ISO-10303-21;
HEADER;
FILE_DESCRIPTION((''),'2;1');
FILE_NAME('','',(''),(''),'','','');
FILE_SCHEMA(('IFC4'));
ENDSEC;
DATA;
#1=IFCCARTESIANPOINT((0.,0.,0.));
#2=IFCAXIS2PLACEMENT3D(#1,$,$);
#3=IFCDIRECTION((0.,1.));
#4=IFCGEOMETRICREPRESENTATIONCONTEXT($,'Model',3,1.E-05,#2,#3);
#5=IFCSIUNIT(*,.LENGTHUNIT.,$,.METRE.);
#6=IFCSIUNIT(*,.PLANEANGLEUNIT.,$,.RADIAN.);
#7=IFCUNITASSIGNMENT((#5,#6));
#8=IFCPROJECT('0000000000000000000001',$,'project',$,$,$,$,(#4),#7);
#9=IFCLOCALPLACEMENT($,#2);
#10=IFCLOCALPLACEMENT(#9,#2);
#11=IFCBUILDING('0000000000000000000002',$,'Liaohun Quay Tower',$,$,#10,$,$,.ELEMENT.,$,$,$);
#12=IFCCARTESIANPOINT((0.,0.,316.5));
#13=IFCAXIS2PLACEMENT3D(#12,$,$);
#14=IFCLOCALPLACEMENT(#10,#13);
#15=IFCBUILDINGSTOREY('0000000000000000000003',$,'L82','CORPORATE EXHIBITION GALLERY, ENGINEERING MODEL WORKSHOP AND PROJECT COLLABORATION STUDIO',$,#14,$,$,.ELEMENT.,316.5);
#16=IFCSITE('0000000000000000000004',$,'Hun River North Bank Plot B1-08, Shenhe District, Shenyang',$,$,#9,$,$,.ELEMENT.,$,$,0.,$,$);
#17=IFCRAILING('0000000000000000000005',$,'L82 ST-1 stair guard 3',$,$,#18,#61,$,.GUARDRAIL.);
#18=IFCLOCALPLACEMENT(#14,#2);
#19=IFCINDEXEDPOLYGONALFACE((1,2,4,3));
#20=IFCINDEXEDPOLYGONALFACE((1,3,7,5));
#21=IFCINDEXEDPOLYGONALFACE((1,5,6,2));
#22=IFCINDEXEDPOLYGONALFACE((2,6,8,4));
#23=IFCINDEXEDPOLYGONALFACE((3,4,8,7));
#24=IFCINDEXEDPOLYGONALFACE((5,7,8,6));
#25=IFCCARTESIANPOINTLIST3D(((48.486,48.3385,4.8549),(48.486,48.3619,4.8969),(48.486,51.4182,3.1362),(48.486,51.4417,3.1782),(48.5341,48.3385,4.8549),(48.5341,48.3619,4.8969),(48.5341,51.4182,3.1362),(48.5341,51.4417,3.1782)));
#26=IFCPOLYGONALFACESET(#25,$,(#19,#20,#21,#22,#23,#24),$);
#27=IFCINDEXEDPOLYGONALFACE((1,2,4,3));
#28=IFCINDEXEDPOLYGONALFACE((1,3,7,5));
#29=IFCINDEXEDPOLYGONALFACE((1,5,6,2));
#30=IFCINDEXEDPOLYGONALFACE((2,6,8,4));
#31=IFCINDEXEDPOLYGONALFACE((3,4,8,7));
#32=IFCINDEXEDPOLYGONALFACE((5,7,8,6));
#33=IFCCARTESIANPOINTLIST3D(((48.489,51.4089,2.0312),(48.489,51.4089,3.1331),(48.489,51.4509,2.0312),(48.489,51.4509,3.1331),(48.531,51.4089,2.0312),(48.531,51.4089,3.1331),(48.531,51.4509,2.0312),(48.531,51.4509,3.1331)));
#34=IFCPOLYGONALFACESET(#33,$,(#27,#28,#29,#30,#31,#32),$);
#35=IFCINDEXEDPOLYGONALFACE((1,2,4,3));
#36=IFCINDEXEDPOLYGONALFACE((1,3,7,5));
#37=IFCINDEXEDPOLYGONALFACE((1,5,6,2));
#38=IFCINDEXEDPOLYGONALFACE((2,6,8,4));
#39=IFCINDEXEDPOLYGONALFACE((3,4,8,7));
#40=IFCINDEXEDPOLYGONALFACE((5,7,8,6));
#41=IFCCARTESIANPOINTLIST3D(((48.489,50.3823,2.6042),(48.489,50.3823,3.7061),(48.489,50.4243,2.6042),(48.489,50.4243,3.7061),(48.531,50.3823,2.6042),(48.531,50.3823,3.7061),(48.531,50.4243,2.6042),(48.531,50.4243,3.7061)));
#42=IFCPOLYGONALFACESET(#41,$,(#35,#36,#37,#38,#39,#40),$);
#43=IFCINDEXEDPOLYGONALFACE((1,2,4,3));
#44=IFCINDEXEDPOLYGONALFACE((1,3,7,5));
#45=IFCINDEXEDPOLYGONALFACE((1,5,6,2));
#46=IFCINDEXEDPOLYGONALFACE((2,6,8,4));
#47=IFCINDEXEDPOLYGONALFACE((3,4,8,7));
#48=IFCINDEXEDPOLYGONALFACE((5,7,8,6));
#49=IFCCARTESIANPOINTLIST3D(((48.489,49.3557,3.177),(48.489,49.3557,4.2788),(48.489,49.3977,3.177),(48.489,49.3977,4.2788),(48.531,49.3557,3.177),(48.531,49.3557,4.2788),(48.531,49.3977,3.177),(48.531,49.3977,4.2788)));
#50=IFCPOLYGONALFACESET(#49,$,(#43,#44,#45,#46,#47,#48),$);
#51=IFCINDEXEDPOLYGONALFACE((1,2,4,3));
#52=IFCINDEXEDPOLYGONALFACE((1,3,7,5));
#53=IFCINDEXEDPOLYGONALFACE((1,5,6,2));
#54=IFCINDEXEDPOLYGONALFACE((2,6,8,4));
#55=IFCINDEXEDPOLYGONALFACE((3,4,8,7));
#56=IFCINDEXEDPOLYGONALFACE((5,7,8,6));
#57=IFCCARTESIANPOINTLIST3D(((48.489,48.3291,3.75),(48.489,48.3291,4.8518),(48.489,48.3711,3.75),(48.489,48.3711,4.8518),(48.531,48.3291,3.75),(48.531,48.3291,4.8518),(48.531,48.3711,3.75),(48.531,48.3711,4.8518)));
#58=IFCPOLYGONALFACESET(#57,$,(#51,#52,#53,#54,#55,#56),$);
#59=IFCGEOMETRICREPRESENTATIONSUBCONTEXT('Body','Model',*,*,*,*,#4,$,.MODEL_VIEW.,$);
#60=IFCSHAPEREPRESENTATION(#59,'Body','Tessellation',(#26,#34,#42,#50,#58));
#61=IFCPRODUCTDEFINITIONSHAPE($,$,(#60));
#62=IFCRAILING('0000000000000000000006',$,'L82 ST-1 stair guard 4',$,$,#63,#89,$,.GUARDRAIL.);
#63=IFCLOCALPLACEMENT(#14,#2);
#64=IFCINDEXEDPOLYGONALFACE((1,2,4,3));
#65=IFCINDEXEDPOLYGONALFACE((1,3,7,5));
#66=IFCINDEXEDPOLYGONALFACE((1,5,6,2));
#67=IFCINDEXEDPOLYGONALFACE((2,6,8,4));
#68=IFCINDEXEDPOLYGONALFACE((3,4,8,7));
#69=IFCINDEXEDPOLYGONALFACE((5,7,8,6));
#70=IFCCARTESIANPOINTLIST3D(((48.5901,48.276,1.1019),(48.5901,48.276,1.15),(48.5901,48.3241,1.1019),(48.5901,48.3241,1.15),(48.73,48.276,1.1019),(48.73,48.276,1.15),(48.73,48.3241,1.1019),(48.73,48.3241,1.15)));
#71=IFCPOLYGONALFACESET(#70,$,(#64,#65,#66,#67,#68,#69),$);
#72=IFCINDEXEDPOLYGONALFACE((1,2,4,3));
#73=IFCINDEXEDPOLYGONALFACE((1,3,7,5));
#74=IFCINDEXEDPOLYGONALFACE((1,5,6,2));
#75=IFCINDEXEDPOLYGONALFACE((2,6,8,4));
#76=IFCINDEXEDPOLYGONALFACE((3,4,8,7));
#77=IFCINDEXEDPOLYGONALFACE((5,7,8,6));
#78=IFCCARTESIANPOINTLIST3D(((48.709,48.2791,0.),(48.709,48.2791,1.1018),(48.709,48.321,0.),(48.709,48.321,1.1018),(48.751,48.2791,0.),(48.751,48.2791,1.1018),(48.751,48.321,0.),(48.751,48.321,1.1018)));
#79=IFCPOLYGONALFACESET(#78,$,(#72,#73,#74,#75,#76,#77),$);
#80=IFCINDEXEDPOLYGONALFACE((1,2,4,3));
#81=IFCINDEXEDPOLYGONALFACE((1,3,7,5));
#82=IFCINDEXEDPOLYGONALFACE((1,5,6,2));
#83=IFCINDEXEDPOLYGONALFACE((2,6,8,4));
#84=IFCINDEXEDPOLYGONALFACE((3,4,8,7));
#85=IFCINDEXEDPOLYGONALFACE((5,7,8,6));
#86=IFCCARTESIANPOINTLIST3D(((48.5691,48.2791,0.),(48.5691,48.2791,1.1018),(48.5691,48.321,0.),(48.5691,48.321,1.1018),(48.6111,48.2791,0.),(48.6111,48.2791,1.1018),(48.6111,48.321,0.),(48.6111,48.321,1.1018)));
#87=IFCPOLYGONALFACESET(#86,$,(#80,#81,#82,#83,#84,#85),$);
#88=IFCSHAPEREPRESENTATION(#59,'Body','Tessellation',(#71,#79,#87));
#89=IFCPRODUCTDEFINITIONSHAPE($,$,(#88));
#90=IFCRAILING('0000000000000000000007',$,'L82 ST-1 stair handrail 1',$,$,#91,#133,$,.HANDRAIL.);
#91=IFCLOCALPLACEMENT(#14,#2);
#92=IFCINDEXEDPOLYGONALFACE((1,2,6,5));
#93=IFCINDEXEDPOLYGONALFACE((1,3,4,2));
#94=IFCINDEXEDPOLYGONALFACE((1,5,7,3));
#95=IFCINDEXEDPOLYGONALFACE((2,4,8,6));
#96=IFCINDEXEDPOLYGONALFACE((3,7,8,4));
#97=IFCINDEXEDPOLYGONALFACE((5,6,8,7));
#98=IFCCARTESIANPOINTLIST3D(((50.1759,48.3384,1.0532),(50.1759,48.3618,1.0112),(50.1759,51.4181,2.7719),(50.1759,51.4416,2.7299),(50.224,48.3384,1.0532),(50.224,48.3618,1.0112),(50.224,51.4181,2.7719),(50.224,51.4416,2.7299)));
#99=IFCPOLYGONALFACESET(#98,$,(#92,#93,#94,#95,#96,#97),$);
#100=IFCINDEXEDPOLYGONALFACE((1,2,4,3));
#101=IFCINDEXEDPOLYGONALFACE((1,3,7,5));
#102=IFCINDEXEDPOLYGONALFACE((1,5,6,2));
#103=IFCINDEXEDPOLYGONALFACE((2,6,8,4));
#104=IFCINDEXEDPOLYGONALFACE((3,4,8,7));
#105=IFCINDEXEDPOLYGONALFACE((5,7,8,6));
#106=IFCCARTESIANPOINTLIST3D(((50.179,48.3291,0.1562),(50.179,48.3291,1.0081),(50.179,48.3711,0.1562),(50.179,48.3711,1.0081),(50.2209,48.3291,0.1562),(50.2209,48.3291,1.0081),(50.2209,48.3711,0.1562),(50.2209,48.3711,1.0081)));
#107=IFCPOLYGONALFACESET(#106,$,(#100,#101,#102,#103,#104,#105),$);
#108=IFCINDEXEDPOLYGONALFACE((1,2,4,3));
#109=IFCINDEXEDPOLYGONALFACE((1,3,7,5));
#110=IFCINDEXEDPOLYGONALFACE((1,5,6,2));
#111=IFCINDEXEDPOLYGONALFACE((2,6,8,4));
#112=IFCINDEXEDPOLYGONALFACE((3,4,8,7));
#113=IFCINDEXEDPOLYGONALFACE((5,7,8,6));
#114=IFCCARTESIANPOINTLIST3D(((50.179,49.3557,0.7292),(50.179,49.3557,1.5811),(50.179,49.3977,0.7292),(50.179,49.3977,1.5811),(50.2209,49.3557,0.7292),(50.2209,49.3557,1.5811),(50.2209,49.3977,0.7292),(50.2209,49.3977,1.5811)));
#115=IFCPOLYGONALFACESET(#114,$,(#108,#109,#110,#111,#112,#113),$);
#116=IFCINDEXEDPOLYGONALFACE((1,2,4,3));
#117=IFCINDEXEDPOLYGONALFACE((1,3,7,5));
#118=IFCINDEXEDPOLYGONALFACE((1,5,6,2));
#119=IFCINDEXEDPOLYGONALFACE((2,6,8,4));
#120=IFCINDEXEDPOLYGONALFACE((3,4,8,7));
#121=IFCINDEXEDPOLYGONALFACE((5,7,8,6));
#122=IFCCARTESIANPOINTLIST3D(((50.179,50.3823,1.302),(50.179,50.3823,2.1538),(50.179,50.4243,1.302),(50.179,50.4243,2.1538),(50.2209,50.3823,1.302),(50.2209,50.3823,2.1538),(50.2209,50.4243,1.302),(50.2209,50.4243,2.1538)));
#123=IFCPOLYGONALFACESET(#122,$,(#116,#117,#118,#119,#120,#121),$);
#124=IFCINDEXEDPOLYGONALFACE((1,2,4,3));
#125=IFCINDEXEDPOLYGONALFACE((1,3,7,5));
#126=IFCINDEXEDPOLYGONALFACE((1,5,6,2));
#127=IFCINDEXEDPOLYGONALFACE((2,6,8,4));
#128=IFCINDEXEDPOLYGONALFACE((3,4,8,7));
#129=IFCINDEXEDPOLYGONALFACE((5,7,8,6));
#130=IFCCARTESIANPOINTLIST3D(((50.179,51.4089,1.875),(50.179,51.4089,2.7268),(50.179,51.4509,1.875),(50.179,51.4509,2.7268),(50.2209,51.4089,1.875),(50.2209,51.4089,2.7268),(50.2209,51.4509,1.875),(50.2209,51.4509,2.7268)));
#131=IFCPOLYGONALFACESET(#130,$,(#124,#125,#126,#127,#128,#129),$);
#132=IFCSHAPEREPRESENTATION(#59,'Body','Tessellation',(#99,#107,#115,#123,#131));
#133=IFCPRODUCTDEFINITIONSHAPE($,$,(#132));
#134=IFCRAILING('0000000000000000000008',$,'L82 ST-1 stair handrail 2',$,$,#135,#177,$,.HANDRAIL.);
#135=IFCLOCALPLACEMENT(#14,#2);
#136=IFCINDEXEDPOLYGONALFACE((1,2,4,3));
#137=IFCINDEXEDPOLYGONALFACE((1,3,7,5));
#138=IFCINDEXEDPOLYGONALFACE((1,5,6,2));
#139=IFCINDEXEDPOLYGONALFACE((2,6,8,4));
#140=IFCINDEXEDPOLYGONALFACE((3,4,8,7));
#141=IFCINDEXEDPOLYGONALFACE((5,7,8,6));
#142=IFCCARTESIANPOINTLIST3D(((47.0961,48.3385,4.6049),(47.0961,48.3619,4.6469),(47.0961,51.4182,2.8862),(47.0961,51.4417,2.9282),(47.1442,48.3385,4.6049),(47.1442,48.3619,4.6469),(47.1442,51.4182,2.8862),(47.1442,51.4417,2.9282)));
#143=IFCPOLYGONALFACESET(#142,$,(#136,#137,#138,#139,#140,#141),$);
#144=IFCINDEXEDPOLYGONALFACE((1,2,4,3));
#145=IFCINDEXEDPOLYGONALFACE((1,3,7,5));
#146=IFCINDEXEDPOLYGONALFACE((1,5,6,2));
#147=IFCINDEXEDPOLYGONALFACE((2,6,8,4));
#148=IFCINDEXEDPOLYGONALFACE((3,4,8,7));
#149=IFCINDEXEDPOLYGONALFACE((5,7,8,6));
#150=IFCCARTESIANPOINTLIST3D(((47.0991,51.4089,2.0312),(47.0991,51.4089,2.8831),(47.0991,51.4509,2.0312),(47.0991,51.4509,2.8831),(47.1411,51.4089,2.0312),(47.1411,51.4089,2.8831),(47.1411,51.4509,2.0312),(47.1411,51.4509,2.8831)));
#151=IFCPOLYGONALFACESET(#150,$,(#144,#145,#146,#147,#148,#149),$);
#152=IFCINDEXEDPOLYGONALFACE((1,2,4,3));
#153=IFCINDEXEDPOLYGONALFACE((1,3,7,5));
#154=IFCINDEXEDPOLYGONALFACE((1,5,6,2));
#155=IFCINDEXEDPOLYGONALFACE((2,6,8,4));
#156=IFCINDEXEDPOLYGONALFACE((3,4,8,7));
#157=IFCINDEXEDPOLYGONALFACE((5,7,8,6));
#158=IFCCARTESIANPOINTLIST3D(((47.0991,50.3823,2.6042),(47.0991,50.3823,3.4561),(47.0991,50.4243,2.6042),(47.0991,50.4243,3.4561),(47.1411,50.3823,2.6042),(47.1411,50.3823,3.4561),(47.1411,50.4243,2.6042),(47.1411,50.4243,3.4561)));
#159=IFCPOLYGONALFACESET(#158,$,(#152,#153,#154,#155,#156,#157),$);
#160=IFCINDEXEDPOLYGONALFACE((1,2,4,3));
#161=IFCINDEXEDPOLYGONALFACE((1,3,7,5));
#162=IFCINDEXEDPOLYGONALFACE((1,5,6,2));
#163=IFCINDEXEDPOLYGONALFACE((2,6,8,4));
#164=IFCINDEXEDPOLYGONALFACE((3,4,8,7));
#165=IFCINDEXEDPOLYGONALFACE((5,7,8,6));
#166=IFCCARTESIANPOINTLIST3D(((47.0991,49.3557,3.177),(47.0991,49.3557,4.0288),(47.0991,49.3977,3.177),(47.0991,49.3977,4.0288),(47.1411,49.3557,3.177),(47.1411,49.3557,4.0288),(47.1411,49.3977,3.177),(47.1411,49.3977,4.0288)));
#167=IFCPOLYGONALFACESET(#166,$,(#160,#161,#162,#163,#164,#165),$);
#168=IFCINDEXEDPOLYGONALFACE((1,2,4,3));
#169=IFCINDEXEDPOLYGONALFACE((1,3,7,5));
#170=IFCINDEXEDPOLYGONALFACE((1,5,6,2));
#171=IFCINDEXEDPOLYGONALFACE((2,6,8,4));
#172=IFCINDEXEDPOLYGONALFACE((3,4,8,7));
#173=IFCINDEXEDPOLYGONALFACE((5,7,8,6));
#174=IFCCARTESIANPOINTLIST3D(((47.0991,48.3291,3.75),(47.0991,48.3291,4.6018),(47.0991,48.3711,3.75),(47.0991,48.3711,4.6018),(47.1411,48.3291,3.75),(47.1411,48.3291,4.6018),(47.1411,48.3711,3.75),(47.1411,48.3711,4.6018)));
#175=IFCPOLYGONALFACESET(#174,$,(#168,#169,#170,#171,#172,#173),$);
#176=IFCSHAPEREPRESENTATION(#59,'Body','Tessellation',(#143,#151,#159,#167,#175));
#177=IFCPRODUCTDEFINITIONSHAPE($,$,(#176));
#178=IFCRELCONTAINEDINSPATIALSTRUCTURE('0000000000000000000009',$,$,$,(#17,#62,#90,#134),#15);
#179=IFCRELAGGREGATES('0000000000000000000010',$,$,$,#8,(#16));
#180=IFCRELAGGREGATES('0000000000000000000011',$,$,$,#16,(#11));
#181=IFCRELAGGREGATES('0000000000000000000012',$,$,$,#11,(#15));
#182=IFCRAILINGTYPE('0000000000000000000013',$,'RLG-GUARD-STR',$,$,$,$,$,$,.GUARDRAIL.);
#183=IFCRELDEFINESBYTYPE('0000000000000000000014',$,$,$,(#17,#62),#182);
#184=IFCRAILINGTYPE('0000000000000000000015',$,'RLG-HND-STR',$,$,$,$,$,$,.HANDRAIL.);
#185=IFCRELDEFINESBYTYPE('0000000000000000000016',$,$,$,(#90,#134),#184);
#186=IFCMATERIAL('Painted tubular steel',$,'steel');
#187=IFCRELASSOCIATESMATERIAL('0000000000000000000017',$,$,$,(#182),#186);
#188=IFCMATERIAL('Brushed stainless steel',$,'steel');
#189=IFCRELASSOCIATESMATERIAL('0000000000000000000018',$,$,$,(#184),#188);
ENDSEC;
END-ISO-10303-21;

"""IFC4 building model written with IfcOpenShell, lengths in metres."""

from ifc_helpers import new_model, si_unit, direction, frame, origin, origin_2d, place, context, subcontext, project, spatial, rectangle, extrude, material, type_object, element, save


model = new_model("IFC4")

# Units and contexts
model_context = context("Model", 3, precision=1e-05, world=origin(), true_north=direction((0.0, 1.0)))
body_context = subcontext(model_context, "Body", "Model", "MODEL_VIEW")
ifc_project = project(units=[si_unit("LENGTHUNIT", "METRE"), si_unit("PLANEANGLEUNIT", "RADIAN")], contexts=[model_context])

# Site, building, storey
site_placement = place(None, origin())
site = spatial("IfcSite", under=ifc_project, at=site_placement, Name="Hun River North Bank Plot B1-08, Shenhe District, Shenyang", CompositionType="ELEMENT", RefElevation=0.0)
building_placement = place(site_placement, origin())
building = spatial("IfcBuilding", under=site, at=building_placement, Name="Liaohun Quay Tower", CompositionType="ELEMENT")
storey_placement = place(building_placement, frame((0.0, 0.0, 316.5)))
storey = spatial("IfcBuildingStorey", under=building, at=storey_placement, Name="L82", Description="CORPORATE EXHIBITION GALLERY, ENGINEERING MODEL WORKSHOP AND PROJECT COLLABORATION STUDIO", CompositionType="ELEMENT", Elevation=316.5)

# Railings
ifc_material_1 = material(Name="Painted tubular steel", Category="steel")
railing_type_1 = type_object("IfcRailingType", Name="RLG-GUARD-STR", PredefinedType="GUARDRAIL", material=ifc_material_1)
railing_1_placement = place(storey_placement, frame((48.51, 51.4299, 2.0312)))
element("IfcRailing", 1, at=railing_1_placement, inside=storey, type_object=railing_type_1, Name="L82 ST-1 stair guard 3", PredefinedType="GUARDRAIL", context=body_context, shape_type="SweptSolid", body=[
    extrude(rectangle(XDim=0.0481, YDim=0.0481, at=origin_2d()), frame((0.0, 0.0, 1.126), z_axis=(0.0, -0.873225, 0.487317), x_axis=(1.0, 0.0, 0.0)), (0.0, 0.0, 1.0), 3.5269),
    extrude(rectangle(XDim=0.042, YDim=0.042, at=origin_2d()), origin(), (0.0, 0.0, 1.0), 1.1018),
    extrude(rectangle(XDim=0.042, YDim=0.042, at=origin_2d()), frame((0.0, -1.0266, 0.573)), (0.0, 0.0, 1.0), 1.1018),
    extrude(rectangle(XDim=0.042, YDim=0.042, at=origin_2d()), frame((0.0, -2.0532, 1.1458)), (0.0, 0.0, 1.0), 1.1018),
    extrude(rectangle(XDim=0.042, YDim=0.042, at=origin_2d()), frame((0.0, -3.0798, 1.7188)), (0.0, 0.0, 1.0), 1.1018),
])
railing_2_placement = place(storey_placement, frame((48.73, 48.3, 0.0)))
element("IfcRailing", 2, at=railing_2_placement, inside=storey, type_object=railing_type_1, Name="L82 ST-1 stair guard 4", PredefinedType="GUARDRAIL", context=body_context, shape_type="SweptSolid", body=[
    extrude(rectangle(XDim=0.0481, YDim=0.0481, at=origin_2d()), frame((0.0, 0.0, 1.126), z_axis=(-1.0, 0.0, 0.0), x_axis=(0.0, -1.0, 0.0)), (0.0, 0.0, 1.0), 0.1399),
    extrude(rectangle(XDim=0.042, YDim=0.042, at=origin_2d()), origin(), (0.0, 0.0, 1.0), 1.1018),
    extrude(rectangle(XDim=0.042, YDim=0.042, at=origin_2d()), frame((-0.1399, 0.0, 0.0)), (0.0, 0.0, 1.0), 1.1018),
])
ifc_material_2 = material(Name="Brushed stainless steel", Category="steel")
railing_type_2 = type_object("IfcRailingType", Name="RLG-HND-STR", PredefinedType="HANDRAIL", material=ifc_material_2)
railing_3_placement = place(storey_placement, frame((50.2, 48.3501, 0.1562)))
element("IfcRailing", 3, at=railing_3_placement, inside=storey, type_object=railing_type_2, Name="L82 ST-1 stair handrail 1", PredefinedType="HANDRAIL", context=body_context, shape_type="SweptSolid", body=[
    extrude(rectangle(XDim=0.0481, YDim=0.0481, at=origin_2d()), frame((0.0, 0.0, 0.876), z_axis=(0.0, 0.873225, 0.487317), x_axis=(-1.0, 0.0, 0.0)), (0.0, 0.0, 1.0), 3.5269),
    extrude(rectangle(XDim=0.042, YDim=0.042, at=origin_2d()), origin(), (0.0, 0.0, 1.0), 0.8518),
    extrude(rectangle(XDim=0.042, YDim=0.042, at=origin_2d()), frame((0.0, 1.0266, 0.573)), (0.0, 0.0, 1.0), 0.8518),
    extrude(rectangle(XDim=0.042, YDim=0.042, at=origin_2d()), frame((0.0, 2.0532, 1.1458)), (0.0, 0.0, 1.0), 0.8518),
    extrude(rectangle(XDim=0.042, YDim=0.042, at=origin_2d()), frame((0.0, 3.0798, 1.7188)), (0.0, 0.0, 1.0), 0.8518),
])
railing_4_placement = place(storey_placement, frame((47.1201, 51.4299, 2.0312)))
element("IfcRailing", 4, at=railing_4_placement, inside=storey, type_object=railing_type_2, Name="L82 ST-1 stair handrail 2", PredefinedType="HANDRAIL", context=body_context, shape_type="SweptSolid", body=[
    extrude(rectangle(XDim=0.0481, YDim=0.0481, at=origin_2d()), frame((0.0, 0.0, 0.876), z_axis=(0.0, -0.873225, 0.487317), x_axis=(1.0, 0.0, 0.0)), (0.0, 0.0, 1.0), 3.5269),
    extrude(rectangle(XDim=0.042, YDim=0.042, at=origin_2d()), origin(), (0.0, 0.0, 1.0), 0.8518),
    extrude(rectangle(XDim=0.042, YDim=0.042, at=origin_2d()), frame((0.0, -1.0266, 0.573)), (0.0, 0.0, 1.0), 0.8518),
    extrude(rectangle(XDim=0.042, YDim=0.042, at=origin_2d()), frame((0.0, -2.0532, 1.1458)), (0.0, 0.0, 1.0), 0.8518),
    extrude(rectangle(XDim=0.042, YDim=0.042, at=origin_2d()), frame((0.0, -3.0798, 1.7188)), (0.0, 0.0, 1.0), 0.8518),
])

save(model, "model.ifc")
